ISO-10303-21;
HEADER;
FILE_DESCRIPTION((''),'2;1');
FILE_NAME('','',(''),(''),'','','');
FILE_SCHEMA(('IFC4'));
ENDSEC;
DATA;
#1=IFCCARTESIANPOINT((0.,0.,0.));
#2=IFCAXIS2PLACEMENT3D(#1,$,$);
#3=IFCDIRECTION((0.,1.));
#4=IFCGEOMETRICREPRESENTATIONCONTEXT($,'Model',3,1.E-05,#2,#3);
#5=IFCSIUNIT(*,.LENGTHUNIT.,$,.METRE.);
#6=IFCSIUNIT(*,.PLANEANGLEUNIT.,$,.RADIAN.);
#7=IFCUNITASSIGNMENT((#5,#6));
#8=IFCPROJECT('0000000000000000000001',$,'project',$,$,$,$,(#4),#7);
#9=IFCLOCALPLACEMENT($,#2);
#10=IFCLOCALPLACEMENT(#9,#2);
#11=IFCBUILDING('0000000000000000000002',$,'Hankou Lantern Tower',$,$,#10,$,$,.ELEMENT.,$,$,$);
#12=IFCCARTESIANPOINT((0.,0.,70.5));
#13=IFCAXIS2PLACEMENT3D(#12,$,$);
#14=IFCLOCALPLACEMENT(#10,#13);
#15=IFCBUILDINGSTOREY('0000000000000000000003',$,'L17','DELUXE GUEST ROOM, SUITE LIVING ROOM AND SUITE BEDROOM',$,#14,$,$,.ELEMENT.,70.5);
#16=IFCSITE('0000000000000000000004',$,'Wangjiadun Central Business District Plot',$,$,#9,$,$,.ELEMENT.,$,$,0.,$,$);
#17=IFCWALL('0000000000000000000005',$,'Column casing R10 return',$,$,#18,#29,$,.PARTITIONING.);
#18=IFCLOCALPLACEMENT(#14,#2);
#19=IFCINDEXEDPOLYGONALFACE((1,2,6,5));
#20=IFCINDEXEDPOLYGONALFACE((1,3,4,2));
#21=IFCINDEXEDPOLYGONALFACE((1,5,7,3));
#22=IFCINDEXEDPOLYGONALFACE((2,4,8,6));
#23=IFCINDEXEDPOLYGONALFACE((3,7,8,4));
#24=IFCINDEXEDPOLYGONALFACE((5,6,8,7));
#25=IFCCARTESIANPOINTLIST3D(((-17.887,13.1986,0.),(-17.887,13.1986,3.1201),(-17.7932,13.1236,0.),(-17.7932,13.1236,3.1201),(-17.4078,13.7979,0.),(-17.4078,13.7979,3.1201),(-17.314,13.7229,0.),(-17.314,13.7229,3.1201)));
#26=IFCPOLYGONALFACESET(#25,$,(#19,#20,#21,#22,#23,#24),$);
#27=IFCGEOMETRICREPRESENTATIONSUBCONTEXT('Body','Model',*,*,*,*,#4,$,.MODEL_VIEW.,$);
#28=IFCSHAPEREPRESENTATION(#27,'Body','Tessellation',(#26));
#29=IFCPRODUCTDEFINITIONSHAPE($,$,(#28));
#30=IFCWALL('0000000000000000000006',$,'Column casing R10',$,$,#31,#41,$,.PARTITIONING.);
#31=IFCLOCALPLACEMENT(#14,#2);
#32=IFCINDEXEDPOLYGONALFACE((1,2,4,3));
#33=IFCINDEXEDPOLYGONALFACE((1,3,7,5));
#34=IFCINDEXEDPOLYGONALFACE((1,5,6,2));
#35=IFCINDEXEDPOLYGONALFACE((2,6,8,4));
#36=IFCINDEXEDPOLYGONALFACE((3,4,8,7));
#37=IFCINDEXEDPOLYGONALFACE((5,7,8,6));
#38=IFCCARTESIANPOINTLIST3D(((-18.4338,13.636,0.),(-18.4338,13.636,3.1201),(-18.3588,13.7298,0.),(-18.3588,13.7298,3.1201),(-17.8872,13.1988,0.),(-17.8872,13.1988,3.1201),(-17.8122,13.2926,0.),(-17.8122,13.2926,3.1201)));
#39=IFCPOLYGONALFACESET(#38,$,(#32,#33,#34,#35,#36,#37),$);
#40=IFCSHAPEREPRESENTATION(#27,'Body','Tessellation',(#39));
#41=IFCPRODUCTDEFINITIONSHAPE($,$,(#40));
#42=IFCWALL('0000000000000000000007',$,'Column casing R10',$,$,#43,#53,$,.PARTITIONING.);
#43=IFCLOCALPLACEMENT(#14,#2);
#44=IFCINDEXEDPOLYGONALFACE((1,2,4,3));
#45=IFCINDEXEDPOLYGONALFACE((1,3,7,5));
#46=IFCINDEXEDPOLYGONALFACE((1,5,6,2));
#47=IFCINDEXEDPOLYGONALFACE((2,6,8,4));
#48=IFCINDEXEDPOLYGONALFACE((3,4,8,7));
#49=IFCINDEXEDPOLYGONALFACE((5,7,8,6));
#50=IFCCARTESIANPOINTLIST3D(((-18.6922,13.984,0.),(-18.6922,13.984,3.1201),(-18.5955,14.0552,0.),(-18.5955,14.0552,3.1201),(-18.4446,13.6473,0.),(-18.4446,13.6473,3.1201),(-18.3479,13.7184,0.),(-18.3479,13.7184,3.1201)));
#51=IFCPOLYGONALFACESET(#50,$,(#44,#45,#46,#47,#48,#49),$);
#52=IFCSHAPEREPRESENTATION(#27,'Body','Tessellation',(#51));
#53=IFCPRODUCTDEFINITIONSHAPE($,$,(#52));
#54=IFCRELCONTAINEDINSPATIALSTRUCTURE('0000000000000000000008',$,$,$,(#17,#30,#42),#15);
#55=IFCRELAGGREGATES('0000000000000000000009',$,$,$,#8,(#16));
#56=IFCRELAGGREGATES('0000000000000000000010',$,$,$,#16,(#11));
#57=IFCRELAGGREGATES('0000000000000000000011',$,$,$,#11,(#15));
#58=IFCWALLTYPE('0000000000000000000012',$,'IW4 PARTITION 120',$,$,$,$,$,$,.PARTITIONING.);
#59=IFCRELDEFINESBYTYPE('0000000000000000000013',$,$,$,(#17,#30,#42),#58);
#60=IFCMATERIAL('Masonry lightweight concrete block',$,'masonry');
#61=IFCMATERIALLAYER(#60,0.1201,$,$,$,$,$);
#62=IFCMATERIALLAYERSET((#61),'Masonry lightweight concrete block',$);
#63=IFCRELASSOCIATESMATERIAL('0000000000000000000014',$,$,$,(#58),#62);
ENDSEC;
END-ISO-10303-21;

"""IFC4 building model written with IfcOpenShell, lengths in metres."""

from ifc_helpers import new_model, si_unit, direction, frame, frame_2d, origin, place, context, subcontext, project, spatial, rectangle, extrude, material, layer, layer_set, type_object, element, save


model = new_model("IFC4")

# Units and contexts
model_context = context("Model", 3, precision=1e-05, world=origin(), true_north=direction((0.0, 1.0)))
body_context = subcontext(model_context, "Body", "Model", "MODEL_VIEW")
ifc_project = project(units=[si_unit("LENGTHUNIT", "METRE"), si_unit("PLANEANGLEUNIT", "RADIAN")], contexts=[model_context])

# Site, building, storey
site_placement = place(None, origin())
site = spatial("IfcSite", under=ifc_project, at=site_placement, Name="Wangjiadun Central Business District Plot", CompositionType="ELEMENT", RefElevation=0.0)
building_placement = place(site_placement, origin())
building = spatial("IfcBuilding", under=site, at=building_placement, Name="Hankou Lantern Tower", CompositionType="ELEMENT")
storey_placement = place(building_placement, frame((0.0, 0.0, 70.5)))
storey = spatial("IfcBuildingStorey", under=building, at=storey_placement, Name="L17", Description="DELUXE GUEST ROOM, SUITE LIVING ROOM AND SUITE BEDROOM", CompositionType="ELEMENT", Elevation=70.5)

# Walls
ifc_material_1 = material(Name="Masonry lightweight concrete block", Category="masonry")
ifc_layer_1 = layer(ifc_material_1, 0.1201)
ifc_layer_set_1 = layer_set([ifc_layer_1], Name="Masonry lightweight concrete block")
wall_type_1 = type_object("IfcWallType", Name="IW4 PARTITION 120", PredefinedType="PARTITIONING", material=ifc_layer_set_1)
wall_1_placement = place(storey_placement, frame((-17.3608, 13.7605, 0.0), z_axis=(0.0, 0.0, 1.0), x_axis=(-0.624501, -0.781024, 0.0)))
element("IfcWall", 1, at=wall_1_placement, inside=storey, type_object=wall_type_1, Name="Column casing R10 return", PredefinedType="PARTITIONING", context=body_context, shape_type="SweptSolid", body=[
    extrude(rectangle(XDim=0.7673, YDim=0.1201, at=frame_2d((0.3838, 0.0))), origin(), (0.0, 0.0, 1.0), 3.1201),
])
wall_2_placement = place(storey_placement, frame((-17.8496, 13.2456, 0.0), z_axis=(0.0, 0.0, 1.0), x_axis=(-0.780903, 0.624653, 0.0)))
element("IfcWall", 2, at=wall_2_placement, inside=storey, type_object=wall_type_1, Name="Column casing R10", PredefinedType="PARTITIONING", context=body_context, shape_type="SweptSolid", body=[
    extrude(rectangle(XDim=0.7, YDim=0.1201, at=frame_2d((0.3501, 0.0))), origin(), (0.0, 0.0, 1.0), 3.1201),
])
wall_3_placement = place(storey_placement, frame((-18.3962, 13.6829, 0.0), z_axis=(0.0, 0.0, 1.0), x_axis=(-0.592402, 0.805643, 0.0)))
element("IfcWall", 3, at=wall_3_placement, inside=storey, type_object=wall_type_1, Name="Column casing R10", PredefinedType="PARTITIONING", context=body_context, shape_type="SweptSolid", body=[
    extrude(rectangle(XDim=0.418, YDim=0.1201, at=frame_2d((0.209, 0.0))), origin(), (0.0, 0.0, 1.0), 3.1201),
])

save(model, "model.ifc")
